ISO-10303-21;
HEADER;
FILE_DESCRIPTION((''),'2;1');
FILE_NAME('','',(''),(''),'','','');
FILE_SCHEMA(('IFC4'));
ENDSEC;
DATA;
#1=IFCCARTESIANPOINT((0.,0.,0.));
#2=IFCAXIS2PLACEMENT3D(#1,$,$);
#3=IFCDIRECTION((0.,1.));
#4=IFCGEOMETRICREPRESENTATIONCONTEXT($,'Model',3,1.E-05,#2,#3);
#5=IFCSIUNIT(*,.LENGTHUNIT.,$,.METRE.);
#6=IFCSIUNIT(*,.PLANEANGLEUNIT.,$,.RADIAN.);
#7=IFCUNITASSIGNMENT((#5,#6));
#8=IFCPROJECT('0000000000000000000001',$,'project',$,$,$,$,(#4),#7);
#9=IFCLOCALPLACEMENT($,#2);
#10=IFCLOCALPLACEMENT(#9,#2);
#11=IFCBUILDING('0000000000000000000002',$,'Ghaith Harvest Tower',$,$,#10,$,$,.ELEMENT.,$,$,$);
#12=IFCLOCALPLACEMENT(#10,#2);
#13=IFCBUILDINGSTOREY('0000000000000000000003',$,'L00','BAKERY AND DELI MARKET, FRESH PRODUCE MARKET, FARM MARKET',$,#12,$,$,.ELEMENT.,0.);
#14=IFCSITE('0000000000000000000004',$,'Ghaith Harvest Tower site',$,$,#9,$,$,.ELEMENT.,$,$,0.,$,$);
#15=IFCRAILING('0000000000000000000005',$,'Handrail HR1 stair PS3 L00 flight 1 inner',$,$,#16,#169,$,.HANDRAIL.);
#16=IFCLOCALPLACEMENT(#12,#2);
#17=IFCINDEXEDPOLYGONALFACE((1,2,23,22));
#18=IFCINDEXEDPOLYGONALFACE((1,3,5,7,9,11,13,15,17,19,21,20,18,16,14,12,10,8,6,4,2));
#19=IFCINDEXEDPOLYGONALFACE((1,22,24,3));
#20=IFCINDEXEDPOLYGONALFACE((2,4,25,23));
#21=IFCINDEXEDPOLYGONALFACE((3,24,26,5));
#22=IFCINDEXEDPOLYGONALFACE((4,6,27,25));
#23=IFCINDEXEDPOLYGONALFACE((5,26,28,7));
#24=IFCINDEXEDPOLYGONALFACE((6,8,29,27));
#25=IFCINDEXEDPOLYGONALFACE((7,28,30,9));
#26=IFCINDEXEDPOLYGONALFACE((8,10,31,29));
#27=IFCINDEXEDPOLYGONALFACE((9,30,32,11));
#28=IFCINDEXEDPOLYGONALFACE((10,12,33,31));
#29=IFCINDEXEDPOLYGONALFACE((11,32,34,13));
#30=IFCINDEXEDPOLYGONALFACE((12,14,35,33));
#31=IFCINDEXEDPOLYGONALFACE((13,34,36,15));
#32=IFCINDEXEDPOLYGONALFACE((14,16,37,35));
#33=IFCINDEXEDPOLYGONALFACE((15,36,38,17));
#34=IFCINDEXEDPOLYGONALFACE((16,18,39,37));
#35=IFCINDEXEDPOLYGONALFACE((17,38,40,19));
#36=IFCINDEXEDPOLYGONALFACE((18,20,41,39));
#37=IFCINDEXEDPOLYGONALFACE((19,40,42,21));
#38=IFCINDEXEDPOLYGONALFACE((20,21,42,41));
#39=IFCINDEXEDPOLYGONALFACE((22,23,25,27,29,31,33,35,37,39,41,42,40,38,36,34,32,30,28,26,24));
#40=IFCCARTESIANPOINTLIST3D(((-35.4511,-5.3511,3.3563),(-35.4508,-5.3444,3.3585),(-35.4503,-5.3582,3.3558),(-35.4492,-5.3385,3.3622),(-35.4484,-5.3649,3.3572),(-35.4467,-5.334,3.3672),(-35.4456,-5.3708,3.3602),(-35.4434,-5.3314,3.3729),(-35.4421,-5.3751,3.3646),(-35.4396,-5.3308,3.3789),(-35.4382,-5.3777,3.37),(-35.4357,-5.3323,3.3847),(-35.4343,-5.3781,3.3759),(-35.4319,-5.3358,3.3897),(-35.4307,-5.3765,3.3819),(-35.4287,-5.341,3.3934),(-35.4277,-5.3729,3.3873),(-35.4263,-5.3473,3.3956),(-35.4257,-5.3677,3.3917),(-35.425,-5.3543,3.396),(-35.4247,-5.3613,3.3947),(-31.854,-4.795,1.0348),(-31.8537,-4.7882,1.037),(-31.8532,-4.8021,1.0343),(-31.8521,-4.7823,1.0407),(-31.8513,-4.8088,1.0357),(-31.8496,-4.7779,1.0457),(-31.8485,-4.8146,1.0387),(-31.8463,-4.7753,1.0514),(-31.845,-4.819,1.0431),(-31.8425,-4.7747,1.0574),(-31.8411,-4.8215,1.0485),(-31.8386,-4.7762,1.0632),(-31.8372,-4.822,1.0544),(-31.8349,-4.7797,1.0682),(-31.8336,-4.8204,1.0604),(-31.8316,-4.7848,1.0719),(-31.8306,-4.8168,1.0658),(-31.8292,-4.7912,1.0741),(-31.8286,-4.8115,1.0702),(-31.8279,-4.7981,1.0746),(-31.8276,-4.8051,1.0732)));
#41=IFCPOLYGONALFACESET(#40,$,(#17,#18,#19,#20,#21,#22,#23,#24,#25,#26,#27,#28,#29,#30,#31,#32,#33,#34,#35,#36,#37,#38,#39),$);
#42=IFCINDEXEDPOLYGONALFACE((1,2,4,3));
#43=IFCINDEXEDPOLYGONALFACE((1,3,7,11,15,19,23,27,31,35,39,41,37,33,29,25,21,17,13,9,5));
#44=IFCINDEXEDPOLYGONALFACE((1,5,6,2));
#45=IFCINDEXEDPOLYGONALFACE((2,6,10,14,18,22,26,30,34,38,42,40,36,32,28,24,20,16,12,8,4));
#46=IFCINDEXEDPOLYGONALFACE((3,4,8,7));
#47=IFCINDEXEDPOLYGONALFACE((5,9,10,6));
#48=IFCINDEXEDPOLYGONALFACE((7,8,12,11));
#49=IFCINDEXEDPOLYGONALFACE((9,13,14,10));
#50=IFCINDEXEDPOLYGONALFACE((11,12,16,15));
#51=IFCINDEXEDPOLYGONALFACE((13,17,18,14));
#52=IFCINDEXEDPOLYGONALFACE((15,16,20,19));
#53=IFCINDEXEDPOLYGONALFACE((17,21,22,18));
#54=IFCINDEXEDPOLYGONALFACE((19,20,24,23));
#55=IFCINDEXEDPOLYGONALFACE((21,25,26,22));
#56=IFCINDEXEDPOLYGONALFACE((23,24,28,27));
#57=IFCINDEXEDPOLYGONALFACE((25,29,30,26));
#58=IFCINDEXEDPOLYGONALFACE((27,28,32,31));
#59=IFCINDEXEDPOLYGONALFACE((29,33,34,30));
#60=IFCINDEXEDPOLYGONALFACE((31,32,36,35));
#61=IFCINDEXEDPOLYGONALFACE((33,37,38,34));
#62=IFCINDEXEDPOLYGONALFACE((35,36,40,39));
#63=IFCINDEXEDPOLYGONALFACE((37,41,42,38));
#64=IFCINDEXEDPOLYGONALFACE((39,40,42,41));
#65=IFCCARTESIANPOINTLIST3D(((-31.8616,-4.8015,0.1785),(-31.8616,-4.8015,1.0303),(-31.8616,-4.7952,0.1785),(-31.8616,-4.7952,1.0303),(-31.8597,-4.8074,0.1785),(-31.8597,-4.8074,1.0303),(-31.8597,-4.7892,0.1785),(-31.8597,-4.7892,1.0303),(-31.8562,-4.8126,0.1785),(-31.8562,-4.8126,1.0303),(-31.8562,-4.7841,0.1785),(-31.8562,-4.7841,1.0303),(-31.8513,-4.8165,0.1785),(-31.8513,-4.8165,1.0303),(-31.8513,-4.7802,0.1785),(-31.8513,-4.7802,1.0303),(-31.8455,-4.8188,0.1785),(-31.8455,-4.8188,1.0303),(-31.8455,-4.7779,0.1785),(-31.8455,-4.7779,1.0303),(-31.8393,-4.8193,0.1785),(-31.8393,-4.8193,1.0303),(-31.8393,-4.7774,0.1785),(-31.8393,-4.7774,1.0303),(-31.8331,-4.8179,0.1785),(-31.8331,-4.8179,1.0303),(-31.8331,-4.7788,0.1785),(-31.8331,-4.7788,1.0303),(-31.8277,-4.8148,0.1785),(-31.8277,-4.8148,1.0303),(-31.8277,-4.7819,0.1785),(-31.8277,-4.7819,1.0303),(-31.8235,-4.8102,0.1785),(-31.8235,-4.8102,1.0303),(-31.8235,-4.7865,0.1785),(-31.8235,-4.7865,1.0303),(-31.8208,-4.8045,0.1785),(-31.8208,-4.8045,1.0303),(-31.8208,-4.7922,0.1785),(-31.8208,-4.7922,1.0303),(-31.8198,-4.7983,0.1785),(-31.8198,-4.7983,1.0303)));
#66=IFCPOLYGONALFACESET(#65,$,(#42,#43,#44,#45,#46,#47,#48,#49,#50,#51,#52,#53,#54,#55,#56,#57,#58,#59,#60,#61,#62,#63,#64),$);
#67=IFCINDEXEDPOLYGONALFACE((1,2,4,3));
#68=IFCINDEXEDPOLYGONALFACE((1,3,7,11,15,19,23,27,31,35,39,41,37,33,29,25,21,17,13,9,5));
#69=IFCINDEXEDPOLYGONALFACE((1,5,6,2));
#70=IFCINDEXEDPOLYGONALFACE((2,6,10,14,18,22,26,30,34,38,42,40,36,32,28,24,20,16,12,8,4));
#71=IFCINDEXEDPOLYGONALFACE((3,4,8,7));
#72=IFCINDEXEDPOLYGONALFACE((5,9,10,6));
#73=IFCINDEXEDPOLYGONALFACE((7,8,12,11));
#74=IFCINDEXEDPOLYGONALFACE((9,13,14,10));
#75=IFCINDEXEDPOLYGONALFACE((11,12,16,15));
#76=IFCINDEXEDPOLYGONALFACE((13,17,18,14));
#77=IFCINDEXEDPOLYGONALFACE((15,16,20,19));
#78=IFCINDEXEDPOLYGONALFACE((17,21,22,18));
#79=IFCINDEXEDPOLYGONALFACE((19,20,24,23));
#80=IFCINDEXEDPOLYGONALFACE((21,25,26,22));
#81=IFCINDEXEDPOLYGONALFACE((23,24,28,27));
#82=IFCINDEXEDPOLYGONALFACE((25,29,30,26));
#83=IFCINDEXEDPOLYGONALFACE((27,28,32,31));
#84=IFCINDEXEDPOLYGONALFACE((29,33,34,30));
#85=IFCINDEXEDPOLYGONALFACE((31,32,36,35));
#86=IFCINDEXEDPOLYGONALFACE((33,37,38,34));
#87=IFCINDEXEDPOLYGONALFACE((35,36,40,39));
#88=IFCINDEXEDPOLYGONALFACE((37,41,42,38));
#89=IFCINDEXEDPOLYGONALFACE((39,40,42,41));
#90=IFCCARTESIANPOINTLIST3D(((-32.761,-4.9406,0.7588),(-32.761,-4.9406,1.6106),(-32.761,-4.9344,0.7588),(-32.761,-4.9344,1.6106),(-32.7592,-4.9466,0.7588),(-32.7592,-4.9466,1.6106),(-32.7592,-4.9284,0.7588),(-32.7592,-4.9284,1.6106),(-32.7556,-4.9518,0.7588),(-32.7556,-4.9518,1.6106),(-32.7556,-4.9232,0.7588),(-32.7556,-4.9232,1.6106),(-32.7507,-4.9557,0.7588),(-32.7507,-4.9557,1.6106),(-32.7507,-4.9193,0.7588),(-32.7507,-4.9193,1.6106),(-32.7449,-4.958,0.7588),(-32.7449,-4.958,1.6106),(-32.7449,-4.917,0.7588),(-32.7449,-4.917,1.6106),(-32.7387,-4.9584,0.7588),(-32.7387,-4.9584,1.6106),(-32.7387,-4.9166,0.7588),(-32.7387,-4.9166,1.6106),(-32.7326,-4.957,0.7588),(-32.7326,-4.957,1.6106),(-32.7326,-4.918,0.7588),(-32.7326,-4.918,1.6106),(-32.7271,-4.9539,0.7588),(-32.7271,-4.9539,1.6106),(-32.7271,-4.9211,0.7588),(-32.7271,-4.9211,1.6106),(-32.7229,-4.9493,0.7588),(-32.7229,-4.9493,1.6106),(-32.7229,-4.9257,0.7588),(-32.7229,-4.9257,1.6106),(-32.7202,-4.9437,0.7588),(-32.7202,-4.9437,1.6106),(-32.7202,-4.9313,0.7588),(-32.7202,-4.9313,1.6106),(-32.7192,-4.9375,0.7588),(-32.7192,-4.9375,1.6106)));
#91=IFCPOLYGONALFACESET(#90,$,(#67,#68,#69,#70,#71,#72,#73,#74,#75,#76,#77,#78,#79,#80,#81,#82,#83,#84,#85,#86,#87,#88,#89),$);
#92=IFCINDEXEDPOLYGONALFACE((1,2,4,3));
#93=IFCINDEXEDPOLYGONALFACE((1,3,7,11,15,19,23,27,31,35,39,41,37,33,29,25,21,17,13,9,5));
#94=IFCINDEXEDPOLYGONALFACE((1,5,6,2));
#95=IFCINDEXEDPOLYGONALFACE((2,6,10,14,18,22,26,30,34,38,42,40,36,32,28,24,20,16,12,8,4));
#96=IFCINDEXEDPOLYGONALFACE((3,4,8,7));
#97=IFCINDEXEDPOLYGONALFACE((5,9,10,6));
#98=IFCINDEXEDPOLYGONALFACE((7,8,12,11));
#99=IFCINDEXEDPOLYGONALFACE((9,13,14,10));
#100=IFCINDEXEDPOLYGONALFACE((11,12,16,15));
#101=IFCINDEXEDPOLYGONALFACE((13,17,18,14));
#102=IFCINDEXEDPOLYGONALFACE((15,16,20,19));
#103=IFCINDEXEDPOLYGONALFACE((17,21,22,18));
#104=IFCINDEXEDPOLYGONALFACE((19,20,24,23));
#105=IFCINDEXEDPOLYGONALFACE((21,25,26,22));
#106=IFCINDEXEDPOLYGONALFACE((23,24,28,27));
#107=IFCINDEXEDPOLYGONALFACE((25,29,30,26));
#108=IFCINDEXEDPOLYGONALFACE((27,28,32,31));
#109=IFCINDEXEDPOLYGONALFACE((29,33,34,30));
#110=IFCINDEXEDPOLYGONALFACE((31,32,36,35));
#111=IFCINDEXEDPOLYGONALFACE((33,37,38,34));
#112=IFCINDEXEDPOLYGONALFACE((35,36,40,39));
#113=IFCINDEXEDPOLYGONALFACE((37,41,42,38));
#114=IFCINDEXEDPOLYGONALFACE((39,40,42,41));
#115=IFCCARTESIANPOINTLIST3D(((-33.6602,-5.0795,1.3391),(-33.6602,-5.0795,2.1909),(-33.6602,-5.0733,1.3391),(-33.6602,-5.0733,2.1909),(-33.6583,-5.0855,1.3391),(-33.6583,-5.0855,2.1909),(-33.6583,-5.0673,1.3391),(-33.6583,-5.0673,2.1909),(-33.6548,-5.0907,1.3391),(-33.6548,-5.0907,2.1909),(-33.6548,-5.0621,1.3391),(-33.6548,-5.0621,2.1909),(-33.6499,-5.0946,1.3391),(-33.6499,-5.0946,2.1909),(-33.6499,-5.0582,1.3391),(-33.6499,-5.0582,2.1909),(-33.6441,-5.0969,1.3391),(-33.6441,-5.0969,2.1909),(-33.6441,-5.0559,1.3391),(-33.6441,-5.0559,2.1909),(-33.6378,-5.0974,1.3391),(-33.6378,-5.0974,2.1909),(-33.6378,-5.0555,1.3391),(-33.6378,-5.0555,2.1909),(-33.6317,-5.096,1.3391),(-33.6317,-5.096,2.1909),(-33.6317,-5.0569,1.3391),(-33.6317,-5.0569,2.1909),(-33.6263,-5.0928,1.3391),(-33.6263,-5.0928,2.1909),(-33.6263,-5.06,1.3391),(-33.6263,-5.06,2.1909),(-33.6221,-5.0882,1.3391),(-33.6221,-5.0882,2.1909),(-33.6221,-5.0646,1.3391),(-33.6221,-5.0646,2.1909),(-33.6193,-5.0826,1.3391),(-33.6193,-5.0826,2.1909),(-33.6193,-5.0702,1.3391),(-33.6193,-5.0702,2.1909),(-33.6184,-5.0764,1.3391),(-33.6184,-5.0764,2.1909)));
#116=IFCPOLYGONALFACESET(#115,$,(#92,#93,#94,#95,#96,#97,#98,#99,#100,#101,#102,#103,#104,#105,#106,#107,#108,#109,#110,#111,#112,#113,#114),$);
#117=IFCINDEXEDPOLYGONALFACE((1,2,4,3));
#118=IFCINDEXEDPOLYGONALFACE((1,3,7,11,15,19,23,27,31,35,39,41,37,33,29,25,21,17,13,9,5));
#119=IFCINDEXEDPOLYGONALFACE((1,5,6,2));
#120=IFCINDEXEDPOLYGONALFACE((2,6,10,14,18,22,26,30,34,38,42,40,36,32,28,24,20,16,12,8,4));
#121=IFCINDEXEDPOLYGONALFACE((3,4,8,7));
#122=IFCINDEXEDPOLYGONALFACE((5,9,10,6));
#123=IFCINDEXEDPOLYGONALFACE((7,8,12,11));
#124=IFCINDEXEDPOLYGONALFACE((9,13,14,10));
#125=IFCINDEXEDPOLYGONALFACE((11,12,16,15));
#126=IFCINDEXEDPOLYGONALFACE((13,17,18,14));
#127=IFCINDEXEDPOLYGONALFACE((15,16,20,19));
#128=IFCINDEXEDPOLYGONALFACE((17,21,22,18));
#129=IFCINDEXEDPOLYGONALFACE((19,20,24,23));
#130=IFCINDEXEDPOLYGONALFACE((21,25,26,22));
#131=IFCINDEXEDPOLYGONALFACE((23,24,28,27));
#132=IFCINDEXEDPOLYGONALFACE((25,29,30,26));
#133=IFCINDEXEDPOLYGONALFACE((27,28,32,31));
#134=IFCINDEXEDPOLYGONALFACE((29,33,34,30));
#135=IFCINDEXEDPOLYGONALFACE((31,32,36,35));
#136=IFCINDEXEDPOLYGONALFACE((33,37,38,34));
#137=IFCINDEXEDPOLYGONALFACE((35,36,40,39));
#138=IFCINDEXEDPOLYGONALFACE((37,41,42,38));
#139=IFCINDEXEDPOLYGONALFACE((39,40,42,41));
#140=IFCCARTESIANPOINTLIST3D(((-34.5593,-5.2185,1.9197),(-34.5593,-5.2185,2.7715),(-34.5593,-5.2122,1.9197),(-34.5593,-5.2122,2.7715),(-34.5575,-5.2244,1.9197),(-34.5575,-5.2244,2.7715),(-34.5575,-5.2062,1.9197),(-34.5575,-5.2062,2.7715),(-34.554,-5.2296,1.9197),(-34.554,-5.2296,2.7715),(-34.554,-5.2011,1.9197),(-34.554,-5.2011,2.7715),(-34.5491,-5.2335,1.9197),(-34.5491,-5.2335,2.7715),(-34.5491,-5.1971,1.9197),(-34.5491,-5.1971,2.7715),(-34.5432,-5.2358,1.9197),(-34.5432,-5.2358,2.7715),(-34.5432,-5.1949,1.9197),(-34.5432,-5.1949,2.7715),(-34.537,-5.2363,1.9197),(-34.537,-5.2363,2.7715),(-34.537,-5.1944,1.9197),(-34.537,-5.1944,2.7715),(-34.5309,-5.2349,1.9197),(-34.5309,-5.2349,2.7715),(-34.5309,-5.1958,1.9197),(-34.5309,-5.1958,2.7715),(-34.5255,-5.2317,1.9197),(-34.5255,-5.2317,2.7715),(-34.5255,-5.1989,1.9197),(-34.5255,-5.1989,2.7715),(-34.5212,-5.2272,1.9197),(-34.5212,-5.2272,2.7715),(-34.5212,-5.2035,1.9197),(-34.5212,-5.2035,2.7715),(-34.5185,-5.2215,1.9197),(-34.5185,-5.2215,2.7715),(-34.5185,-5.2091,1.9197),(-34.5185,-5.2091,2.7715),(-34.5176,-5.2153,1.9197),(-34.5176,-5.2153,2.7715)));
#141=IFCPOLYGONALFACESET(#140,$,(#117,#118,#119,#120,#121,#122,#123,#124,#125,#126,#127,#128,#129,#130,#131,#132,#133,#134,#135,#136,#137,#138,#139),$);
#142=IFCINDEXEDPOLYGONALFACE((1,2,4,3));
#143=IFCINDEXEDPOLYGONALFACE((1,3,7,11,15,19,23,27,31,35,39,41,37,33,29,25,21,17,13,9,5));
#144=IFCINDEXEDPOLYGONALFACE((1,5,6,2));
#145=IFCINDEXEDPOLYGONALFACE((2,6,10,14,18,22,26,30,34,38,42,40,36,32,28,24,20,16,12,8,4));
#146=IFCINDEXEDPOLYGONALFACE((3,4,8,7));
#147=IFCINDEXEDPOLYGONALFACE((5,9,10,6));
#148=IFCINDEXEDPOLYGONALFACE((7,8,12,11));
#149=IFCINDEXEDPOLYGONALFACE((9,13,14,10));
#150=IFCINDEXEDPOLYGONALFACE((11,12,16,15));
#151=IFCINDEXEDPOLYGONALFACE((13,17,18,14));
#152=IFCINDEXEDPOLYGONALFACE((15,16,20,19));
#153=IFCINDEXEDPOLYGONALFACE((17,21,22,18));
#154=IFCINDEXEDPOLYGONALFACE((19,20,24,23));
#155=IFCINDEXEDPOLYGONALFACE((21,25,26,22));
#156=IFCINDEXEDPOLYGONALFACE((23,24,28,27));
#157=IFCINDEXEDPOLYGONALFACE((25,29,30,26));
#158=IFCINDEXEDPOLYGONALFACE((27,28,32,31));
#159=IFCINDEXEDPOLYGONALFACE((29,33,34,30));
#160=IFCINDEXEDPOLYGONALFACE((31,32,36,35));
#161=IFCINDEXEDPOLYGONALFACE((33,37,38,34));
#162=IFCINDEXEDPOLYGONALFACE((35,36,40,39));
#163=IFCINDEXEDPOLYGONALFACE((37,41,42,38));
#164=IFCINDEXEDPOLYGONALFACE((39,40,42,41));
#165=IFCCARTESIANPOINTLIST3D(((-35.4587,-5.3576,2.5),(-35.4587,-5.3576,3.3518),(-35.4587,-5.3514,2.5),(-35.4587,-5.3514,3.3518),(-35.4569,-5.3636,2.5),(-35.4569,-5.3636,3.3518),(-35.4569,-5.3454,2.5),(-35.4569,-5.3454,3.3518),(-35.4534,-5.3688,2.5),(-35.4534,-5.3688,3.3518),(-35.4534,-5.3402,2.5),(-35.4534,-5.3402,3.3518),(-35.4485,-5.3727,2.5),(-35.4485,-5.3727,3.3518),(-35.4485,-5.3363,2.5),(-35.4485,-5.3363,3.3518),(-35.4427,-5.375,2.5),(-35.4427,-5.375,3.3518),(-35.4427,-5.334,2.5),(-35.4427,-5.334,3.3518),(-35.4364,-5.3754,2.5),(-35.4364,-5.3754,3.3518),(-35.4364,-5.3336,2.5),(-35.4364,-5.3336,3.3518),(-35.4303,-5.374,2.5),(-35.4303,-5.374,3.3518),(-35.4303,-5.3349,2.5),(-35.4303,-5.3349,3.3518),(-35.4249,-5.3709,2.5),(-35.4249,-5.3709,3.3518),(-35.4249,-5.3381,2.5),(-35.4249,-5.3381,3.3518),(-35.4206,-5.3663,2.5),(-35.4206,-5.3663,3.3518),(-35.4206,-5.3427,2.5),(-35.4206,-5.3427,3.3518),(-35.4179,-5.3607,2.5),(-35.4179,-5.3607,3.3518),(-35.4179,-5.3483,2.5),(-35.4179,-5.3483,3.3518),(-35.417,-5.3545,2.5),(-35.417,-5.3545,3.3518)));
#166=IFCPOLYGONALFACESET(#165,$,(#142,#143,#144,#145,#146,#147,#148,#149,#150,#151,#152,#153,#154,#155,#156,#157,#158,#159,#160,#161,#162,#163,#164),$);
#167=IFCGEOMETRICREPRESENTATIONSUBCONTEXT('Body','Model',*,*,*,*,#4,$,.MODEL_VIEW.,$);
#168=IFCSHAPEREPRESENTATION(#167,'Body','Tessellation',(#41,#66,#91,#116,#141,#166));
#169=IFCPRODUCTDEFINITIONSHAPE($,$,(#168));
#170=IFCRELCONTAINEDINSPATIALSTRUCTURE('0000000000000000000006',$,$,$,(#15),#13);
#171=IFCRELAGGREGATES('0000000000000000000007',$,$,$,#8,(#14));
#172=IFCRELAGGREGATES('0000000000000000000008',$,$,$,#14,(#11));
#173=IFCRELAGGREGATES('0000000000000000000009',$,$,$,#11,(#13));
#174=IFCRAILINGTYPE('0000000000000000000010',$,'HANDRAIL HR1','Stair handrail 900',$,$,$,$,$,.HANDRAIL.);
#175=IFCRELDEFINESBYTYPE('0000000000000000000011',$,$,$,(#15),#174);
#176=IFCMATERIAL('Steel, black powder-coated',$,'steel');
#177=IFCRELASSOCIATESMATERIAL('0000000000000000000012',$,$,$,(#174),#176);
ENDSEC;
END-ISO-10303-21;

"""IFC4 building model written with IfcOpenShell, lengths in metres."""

from ifc_helpers import new_model, si_unit, direction, frame, origin, origin_2d, place, context, subcontext, project, spatial, circle, extrude, material, type_object, element, save


model = new_model("IFC4")

# Units and contexts
model_context = context("Model", 3, precision=1e-05, world=origin(), true_north=direction((0.0, 1.0)))
body_context = subcontext(model_context, "Body", "Model", "MODEL_VIEW")
ifc_project = project(units=[si_unit("LENGTHUNIT", "METRE"), si_unit("PLANEANGLEUNIT", "RADIAN")], contexts=[model_context])

# Site, building, storey
site_placement = place(None, origin())
site = spatial("IfcSite", under=ifc_project, at=site_placement, Name="Ghaith Harvest Tower site", CompositionType="ELEMENT", RefElevation=0.0)
building_placement = place(site_placement, origin())
building = spatial("IfcBuilding", under=site, at=building_placement, Name="Ghaith Harvest Tower", CompositionType="ELEMENT")
storey_placement = place(building_placement, origin())
storey = spatial("IfcBuildingStorey", under=building, at=storey_placement, Name="L00", Description="BAKERY AND DELI MARKET, FRESH PRODUCE MARKET, FARM MARKET", CompositionType="ELEMENT", Elevation=0.0)

# Railing
ifc_material_1 = material(Name="Steel, black powder-coated", Category="steel")
railing_type = type_object("IfcRailingType", Name="HANDRAIL HR1", Description="Stair handrail 900", PredefinedType="HANDRAIL", material=ifc_material_1)
railing_1_placement = place(storey_placement, frame((-31.8408, -4.7983, 0.1785)))
element("IfcRailing", 1, at=railing_1_placement, inside=storey, type_object=railing_type, Name="Handrail HR1 stair PS3 L00 flight 1 inner", PredefinedType="HANDRAIL", context=body_context, shape_type="SweptSolid", body=[
    extrude(circle(Radius=0.0239, at=origin_2d()), frame((0.0, 0.0, 0.876), z_axis=(-0.833213, -0.128822, 0.537737), x_axis=(0.152793, -0.988258, 0.0)), (0.0, 0.0, 1.0), 4.3171),
    extrude(circle(Radius=0.021, at=origin_2d()), origin(), (0.0, 0.0, 1.0), 0.8518),
    extrude(circle(Radius=0.021, at=origin_2d()), frame((-0.8994, -0.1392, 0.5803)), (0.0, 0.0, 1.0), 0.8518),
    extrude(circle(Radius=0.021, at=origin_2d()), frame((-1.7986, -0.2781, 1.1606)), (0.0, 0.0, 1.0), 0.8518),
    extrude(circle(Radius=0.021, at=origin_2d()), frame((-2.6978, -0.417, 1.7412)), (0.0, 0.0, 1.0), 0.8518),
    extrude(circle(Radius=0.021, at=origin_2d()), frame((-3.5972, -0.5562, 2.3215)), (0.0, 0.0, 1.0), 0.8518),
])

save(model, "model.ifc")
